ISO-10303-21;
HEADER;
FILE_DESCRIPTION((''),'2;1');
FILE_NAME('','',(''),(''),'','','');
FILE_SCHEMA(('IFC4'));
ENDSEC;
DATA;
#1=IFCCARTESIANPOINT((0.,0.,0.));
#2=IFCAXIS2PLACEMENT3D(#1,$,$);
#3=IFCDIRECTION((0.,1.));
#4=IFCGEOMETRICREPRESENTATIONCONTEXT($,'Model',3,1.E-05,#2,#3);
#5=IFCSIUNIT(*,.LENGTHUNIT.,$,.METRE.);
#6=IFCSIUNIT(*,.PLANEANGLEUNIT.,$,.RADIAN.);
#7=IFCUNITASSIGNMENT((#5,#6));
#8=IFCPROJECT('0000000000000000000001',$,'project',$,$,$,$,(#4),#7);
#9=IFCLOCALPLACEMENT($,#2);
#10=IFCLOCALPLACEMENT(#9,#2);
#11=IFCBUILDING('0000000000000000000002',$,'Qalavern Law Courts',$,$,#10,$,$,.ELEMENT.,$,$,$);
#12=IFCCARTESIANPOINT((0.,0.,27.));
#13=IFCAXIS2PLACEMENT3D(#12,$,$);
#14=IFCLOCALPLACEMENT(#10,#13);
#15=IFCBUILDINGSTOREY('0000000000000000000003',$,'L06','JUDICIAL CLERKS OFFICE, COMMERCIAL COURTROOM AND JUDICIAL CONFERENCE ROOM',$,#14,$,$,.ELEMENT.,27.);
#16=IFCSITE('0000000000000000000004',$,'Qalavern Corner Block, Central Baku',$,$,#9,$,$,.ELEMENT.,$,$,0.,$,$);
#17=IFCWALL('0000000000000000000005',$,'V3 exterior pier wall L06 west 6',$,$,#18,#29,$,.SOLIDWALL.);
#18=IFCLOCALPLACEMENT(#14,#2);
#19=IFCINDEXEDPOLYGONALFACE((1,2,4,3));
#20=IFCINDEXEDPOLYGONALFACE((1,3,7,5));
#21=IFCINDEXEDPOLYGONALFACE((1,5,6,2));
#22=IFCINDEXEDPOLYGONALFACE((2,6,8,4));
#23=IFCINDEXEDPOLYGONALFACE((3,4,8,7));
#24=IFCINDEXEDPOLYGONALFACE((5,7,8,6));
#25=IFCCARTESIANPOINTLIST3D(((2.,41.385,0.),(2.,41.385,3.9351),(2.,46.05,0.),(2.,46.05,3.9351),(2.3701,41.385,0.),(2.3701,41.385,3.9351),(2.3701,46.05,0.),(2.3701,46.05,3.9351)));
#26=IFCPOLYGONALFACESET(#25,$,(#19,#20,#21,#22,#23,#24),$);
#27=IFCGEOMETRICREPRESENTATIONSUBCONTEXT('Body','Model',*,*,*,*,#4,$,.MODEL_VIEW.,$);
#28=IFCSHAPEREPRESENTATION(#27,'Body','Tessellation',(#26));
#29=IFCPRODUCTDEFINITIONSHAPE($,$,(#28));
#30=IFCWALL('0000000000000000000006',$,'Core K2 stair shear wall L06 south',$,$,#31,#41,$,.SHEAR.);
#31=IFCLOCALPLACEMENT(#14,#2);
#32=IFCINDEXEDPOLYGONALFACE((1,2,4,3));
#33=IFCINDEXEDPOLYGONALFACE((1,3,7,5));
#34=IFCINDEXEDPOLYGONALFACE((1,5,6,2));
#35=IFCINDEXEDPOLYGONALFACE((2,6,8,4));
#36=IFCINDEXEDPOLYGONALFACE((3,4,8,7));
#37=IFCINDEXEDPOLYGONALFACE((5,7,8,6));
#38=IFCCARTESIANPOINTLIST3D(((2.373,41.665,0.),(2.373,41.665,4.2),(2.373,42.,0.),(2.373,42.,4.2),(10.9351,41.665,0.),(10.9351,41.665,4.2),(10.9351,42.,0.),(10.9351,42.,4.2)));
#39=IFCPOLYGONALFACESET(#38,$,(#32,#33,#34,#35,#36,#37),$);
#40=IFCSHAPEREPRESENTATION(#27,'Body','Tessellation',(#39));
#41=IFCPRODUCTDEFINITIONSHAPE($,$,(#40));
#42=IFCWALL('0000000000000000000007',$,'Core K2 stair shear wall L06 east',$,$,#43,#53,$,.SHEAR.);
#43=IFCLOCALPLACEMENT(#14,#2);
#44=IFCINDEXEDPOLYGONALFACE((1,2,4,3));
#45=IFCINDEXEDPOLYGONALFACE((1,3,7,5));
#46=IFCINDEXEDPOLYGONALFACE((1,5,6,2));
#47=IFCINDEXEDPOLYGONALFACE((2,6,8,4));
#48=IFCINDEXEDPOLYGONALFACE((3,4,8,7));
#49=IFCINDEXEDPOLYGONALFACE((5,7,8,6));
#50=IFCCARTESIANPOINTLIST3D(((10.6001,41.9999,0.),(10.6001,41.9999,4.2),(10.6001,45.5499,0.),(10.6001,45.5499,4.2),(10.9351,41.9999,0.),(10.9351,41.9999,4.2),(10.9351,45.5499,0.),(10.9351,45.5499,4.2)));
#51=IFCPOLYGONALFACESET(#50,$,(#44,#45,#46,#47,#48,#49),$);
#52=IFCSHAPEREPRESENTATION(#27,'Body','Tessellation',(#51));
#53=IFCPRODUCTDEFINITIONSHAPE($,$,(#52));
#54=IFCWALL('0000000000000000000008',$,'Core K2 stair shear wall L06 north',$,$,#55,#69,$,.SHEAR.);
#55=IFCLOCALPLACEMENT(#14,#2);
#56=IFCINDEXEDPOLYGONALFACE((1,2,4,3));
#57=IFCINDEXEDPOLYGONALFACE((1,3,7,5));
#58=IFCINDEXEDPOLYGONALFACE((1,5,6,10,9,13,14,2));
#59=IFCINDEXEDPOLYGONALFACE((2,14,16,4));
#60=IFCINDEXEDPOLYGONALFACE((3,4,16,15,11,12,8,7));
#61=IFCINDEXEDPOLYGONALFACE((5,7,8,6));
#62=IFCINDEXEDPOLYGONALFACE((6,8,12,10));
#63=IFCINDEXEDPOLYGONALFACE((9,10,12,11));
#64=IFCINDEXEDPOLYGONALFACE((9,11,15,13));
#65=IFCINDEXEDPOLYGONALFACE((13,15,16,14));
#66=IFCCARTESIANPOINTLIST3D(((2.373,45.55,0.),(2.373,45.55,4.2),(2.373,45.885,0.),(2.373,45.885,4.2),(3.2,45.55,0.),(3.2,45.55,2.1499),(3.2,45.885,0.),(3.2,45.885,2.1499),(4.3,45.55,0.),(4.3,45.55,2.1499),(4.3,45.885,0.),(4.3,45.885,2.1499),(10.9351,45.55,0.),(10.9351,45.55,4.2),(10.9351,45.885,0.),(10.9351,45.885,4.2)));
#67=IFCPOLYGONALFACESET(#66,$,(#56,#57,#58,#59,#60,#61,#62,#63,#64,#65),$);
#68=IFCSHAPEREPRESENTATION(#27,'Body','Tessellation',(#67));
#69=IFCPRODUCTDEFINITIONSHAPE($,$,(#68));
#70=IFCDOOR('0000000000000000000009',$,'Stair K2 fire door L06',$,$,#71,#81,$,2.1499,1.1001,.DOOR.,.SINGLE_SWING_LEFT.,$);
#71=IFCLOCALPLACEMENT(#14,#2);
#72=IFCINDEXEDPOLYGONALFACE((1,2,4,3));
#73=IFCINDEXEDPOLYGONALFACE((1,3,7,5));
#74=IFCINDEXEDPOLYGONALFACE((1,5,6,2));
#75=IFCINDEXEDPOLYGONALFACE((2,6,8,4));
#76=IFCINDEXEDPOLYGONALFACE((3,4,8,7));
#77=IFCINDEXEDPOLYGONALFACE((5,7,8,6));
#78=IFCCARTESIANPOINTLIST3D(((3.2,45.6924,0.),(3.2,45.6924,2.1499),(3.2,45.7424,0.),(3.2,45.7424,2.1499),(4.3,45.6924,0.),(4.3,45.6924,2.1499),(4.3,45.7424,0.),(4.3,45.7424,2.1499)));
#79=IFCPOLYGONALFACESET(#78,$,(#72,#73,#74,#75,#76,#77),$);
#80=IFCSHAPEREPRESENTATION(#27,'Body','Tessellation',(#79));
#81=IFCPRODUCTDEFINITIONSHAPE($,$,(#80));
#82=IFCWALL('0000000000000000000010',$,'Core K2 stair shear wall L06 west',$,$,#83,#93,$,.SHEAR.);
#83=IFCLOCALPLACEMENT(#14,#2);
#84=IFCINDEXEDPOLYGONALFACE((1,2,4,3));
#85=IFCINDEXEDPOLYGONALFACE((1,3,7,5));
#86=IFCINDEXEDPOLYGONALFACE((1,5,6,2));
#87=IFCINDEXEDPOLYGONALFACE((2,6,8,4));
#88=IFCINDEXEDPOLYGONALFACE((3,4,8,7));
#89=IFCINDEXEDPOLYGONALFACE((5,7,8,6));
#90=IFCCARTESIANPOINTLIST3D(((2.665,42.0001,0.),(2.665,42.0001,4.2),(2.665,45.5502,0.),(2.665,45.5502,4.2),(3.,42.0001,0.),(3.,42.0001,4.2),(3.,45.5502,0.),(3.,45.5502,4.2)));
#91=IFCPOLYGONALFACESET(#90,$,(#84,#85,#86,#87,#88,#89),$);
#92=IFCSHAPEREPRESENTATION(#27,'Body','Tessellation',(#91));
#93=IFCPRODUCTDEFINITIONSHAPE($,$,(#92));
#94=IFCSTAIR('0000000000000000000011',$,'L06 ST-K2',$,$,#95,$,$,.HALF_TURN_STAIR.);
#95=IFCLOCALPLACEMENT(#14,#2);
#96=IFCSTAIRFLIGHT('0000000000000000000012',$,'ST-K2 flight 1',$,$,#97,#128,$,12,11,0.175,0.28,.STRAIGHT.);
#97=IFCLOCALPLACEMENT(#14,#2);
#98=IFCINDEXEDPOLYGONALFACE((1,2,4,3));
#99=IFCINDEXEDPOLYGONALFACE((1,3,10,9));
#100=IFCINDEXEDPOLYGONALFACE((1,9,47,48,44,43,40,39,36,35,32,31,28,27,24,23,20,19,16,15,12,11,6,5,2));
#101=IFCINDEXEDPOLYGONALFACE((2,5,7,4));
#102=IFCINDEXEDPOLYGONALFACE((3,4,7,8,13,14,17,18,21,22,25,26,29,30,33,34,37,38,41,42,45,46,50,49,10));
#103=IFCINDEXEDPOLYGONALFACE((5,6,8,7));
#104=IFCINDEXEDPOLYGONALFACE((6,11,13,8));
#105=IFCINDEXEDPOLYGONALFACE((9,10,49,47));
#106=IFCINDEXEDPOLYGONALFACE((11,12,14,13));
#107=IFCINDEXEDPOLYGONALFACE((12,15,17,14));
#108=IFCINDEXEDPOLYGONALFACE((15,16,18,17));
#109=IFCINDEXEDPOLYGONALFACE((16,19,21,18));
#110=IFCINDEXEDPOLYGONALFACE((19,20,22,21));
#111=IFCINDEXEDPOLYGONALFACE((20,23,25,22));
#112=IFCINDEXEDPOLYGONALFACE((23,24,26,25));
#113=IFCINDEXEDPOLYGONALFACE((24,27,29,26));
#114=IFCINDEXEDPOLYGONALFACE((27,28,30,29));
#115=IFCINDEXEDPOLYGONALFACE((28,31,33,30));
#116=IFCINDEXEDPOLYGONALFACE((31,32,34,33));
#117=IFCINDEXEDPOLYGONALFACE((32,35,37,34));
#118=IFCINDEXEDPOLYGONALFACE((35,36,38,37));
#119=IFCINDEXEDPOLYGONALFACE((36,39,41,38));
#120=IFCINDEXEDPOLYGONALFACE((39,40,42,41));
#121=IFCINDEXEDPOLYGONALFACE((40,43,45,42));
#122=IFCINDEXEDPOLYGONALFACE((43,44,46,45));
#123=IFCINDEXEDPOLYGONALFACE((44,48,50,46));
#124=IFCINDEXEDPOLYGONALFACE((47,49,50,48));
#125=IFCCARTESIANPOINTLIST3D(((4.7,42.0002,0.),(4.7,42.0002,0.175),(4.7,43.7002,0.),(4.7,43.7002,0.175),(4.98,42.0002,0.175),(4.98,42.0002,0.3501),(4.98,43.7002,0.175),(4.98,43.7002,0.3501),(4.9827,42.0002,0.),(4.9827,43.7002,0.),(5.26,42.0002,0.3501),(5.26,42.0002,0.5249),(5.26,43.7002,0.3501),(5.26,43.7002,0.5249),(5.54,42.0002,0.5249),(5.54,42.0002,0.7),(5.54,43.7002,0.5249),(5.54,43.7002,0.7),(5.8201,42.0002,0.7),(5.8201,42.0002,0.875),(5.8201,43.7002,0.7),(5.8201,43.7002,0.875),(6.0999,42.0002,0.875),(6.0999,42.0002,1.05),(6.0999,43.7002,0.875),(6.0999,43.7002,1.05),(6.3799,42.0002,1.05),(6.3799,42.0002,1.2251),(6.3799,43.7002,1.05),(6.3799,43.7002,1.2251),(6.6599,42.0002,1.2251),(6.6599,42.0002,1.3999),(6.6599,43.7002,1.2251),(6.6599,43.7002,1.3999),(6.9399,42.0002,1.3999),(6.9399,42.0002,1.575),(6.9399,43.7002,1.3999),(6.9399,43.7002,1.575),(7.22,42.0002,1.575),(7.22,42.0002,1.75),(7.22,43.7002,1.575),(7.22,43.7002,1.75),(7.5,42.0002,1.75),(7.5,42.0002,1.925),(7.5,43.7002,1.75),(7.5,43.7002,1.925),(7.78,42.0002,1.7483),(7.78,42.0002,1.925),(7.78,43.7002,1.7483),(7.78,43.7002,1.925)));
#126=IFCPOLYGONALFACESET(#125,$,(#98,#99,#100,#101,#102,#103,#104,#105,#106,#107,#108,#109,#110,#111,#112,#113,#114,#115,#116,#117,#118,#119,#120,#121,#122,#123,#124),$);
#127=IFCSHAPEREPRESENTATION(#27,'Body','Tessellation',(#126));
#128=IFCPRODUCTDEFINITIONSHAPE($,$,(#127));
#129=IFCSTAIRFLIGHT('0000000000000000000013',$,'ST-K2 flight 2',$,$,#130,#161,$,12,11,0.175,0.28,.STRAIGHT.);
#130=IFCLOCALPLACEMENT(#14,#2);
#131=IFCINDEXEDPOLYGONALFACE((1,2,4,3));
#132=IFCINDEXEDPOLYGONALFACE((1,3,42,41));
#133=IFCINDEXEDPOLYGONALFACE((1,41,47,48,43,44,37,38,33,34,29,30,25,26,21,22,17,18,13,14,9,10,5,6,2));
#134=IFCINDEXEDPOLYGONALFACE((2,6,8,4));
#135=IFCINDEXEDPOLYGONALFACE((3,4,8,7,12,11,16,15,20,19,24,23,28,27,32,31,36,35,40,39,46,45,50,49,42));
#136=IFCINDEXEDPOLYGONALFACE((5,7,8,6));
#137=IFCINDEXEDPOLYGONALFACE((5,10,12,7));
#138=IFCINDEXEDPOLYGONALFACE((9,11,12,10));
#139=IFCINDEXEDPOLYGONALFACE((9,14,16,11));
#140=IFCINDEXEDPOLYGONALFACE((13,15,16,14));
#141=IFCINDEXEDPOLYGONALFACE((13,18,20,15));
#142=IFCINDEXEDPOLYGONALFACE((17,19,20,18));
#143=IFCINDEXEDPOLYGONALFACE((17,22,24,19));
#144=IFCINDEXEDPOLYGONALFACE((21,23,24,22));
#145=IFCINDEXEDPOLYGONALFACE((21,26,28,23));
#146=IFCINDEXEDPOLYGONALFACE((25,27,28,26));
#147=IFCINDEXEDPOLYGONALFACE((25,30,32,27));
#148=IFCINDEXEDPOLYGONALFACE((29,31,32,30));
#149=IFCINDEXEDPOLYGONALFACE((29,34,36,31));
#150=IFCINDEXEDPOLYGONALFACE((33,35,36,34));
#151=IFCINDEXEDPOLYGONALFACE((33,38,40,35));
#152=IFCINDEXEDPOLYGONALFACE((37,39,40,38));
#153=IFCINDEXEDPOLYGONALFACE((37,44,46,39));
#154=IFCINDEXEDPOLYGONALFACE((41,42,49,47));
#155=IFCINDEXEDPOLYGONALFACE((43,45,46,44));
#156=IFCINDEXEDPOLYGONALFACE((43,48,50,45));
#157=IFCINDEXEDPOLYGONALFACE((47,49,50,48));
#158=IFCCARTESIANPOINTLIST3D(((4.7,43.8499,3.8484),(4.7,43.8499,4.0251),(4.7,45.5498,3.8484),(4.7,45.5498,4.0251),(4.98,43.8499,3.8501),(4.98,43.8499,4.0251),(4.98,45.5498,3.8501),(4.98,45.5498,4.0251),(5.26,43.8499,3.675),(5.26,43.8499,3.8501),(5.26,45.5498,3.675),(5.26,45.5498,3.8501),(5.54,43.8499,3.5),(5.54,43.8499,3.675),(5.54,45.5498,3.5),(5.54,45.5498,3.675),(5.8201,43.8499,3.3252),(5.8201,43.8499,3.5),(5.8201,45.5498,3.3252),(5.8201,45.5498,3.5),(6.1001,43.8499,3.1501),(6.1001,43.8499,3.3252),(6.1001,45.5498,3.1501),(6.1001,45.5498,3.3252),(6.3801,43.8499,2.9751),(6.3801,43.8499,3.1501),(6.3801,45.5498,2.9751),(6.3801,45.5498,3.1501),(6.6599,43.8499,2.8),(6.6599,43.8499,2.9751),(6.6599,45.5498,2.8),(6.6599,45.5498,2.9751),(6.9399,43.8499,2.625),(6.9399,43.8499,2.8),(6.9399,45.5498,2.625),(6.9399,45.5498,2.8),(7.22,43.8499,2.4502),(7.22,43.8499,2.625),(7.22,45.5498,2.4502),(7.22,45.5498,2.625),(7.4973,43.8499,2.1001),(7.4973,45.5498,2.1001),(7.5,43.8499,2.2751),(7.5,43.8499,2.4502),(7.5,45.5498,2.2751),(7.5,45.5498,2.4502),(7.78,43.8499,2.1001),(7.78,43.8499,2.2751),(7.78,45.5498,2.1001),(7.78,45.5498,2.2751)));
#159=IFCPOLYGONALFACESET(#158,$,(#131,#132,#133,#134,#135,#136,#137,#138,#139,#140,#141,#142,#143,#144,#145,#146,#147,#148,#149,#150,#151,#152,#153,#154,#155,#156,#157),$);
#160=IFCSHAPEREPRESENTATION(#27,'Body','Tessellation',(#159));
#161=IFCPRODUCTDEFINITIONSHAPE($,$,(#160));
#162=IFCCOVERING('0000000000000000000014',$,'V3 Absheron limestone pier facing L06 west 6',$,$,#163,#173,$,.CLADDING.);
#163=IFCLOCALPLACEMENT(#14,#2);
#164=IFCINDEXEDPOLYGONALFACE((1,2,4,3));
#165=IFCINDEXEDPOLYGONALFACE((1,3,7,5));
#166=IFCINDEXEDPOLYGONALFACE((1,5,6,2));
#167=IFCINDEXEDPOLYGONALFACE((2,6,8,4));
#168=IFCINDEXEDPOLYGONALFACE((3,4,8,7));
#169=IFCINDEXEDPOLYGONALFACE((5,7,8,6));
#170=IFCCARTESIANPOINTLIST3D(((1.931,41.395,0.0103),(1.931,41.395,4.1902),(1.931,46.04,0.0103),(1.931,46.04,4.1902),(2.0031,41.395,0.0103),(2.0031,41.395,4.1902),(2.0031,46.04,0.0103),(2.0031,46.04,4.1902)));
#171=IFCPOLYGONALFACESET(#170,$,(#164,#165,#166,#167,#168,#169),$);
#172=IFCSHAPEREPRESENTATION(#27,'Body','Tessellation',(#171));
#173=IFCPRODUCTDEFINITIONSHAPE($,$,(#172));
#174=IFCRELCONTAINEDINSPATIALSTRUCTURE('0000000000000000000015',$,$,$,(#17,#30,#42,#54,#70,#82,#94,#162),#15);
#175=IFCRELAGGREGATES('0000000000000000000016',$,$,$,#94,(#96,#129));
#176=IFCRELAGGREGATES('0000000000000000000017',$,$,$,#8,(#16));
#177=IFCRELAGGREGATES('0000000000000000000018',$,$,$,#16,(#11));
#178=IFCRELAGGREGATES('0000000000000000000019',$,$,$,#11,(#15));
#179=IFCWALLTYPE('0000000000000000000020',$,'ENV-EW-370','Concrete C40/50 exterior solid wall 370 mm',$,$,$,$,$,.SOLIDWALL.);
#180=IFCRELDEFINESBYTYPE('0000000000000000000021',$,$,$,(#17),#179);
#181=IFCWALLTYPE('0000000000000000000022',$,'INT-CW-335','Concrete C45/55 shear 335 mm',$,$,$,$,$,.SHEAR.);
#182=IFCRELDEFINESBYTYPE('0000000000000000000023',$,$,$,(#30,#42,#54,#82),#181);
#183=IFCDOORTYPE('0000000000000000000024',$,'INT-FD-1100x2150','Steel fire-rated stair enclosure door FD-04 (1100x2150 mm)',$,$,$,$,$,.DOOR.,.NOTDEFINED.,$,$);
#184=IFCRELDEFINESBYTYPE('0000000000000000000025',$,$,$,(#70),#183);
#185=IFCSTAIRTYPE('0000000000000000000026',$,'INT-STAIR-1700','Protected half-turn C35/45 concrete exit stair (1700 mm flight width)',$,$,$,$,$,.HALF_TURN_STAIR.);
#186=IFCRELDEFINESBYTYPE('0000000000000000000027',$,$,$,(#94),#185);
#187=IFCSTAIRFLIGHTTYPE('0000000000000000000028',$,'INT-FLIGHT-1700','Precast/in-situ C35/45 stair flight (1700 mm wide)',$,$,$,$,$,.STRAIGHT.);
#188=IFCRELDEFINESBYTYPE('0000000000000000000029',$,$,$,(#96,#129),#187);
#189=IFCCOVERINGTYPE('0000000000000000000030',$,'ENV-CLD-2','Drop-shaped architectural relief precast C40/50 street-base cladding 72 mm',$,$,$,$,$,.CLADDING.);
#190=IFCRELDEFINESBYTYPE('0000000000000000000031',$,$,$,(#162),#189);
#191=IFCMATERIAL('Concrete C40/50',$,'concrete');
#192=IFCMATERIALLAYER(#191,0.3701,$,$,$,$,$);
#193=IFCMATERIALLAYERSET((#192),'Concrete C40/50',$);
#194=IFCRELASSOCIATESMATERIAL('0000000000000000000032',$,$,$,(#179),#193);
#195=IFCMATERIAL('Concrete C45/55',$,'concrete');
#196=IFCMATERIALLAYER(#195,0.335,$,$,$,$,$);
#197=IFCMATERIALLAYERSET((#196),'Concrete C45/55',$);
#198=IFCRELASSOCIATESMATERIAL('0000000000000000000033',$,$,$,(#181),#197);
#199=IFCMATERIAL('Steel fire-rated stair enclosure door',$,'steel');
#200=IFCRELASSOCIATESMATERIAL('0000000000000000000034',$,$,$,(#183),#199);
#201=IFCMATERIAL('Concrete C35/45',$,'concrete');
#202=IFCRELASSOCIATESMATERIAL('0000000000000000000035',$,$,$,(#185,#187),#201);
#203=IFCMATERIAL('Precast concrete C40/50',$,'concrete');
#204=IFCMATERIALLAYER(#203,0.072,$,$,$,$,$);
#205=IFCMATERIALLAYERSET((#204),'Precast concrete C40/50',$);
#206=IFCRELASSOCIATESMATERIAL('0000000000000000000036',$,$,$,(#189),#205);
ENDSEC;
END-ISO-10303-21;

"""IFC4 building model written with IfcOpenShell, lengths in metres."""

from ifc_helpers import new_model, si_unit, direction, frame, frame_2d, origin, origin_2d, place, context, subcontext, project, spatial, polyline, rectangle, outline, extrude, material, layer, layer_set, type_object, element, fill, aggregate, save


model = new_model("IFC4")

# Units and contexts
model_context = context("Model", 3, precision=1e-05, world=origin(), true_north=direction((0.0, 1.0)))
body_context = subcontext(model_context, "Body", "Model", "MODEL_VIEW")
ifc_project = project(units=[si_unit("LENGTHUNIT", "METRE"), si_unit("PLANEANGLEUNIT", "RADIAN")], contexts=[model_context])

# Site, building, storey
site_placement = place(None, origin())
site = spatial("IfcSite", under=ifc_project, at=site_placement, Name="Qalavern Corner Block, Central Baku", CompositionType="ELEMENT", RefElevation=0.0)
building_placement = place(site_placement, origin())
building = spatial("IfcBuilding", under=site, at=building_placement, Name="Qalavern Law Courts", CompositionType="ELEMENT")
storey_placement = place(building_placement, frame((0.0, 0.0, 27.0)))
storey = spatial("IfcBuildingStorey", under=building, at=storey_placement, Name="L06", Description="JUDICIAL CLERKS OFFICE, COMMERCIAL COURTROOM AND JUDICIAL CONFERENCE ROOM", CompositionType="ELEMENT", Elevation=27.0)

# Shared definitions
ifc_material_1 = material(Name="Concrete C45/55", Category="concrete")

# Shared definitions
ifc_material_2 = material(Name="Concrete C35/45", Category="concrete")
ifc_material_3 = material(Name="Concrete C40/50", Category="concrete")

# Walls
ifc_layer_1 = layer(ifc_material_3, 0.3701)
ifc_layer_set_1 = layer_set([ifc_layer_1], Name="Concrete C40/50")
wall_type_1 = type_object("IfcWallType", Name="ENV-EW-370", Description="Concrete C40/50 exterior solid wall 370 mm", PredefinedType="SOLIDWALL", material=ifc_layer_set_1)
wall_1_placement = place(storey_placement, frame((2.1851, 46.05, 0.0), z_axis=(0.0, 0.0, 1.0), x_axis=(0.0, -1.0, 0.0)))
element("IfcWall", 1, at=wall_1_placement, inside=storey, type_object=wall_type_1, Name="V3 exterior pier wall L06 west 6", PredefinedType="SOLIDWALL", context=body_context, shape_type="SweptSolid", body=[
    extrude(rectangle(XDim=4.665, YDim=0.3701, at=frame_2d((2.3325, 0.0))), origin(), (0.0, 0.0, 1.0), 3.9351),
])
ifc_layer_2 = layer(ifc_material_1, 0.335)
ifc_layer_set_2 = layer_set([ifc_layer_2], Name="Concrete C45/55")
wall_type_2 = type_object("IfcWallType", Name="INT-CW-335", Description="Concrete C45/55 shear 335 mm", PredefinedType="SHEAR", material=ifc_layer_set_2)
wall_2_placement = place(storey_placement, frame((2.373, 41.8325, 0.0), z_axis=(0.0, 0.0, 1.0), x_axis=(1.0, 0.0, 0.0)))
element("IfcWall", 2, at=wall_2_placement, inside=storey, type_object=wall_type_2, Name="Core K2 stair shear wall L06 south", PredefinedType="SHEAR", context=body_context, shape_type="SweptSolid", body=[
    extrude(rectangle(XDim=8.562, YDim=0.335, at=frame_2d((4.281, 0.0))), origin(), (0.0, 0.0, 1.0), 4.2),
])
wall_3_placement = place(storey_placement, frame((10.7676, 42.0, 0.0), z_axis=(0.0, 0.0, 1.0), x_axis=(0.0, 1.0, 0.0)))
element("IfcWall", 3, at=wall_3_placement, inside=storey, type_object=wall_type_2, Name="Core K2 stair shear wall L06 east", PredefinedType="SHEAR", context=body_context, shape_type="SweptSolid", body=[
    extrude(rectangle(XDim=3.55, YDim=0.335, at=frame_2d((1.7749, 0.0))), origin(), (0.0, 0.0, 1.0), 4.2),
])

# Wall, opening, door
wall_4_placement = place(storey_placement, frame((10.9351, 45.7175, 0.0), z_axis=(0.0, 0.0, 1.0), x_axis=(-1.0, 0.0, 0.0)))
wall_4 = element("IfcWall", 4, at=wall_4_placement, inside=storey, type_object=wall_type_2, Name="Core K2 stair shear wall L06 north", PredefinedType="SHEAR", context=body_context, shape_type="SweptSolid", body=[
    extrude(rectangle(XDim=8.562, YDim=0.335, at=frame_2d((4.281, 0.0))), origin(), (0.0, 0.0, 1.0), 4.2),
])
opening_placement = place(wall_4_placement, frame((6.635, 0.0, 0.0)))
opening = element("IfcOpeningElement", 5, at=opening_placement, cuts=wall_4, PredefinedType="OPENING", context=body_context, shape_type="SweptSolid", body=[
    extrude(rectangle(XDim=1.1001, YDim=2.1499, at=frame_2d((0.55, 1.075))), frame((0.0, 0.1824, 0.0), z_axis=(0.0, -1.0, 0.0), x_axis=(1.0, 0.0, 0.0)), (0.0, 0.0, 1.0), 0.3647),
])
ifc_material_4 = material(Name="Steel fire-rated stair enclosure door", Category="steel")
door_type = type_object("IfcDoorType", Name="INT-FD-1100x2150", Description="Steel fire-rated stair enclosure door FD-04 (1100x2150 mm)", OperationType="NOTDEFINED", PredefinedType="DOOR", material=ifc_material_4)
door_placement = place(opening_placement, frame((1.1001, 0.0, 0.0), z_axis=(0.0, 0.0, 1.0), x_axis=(-1.0, 0.0, 0.0)))
door = element("IfcDoor", 6, at=door_placement, inside=storey, type_object=door_type, Name="Stair K2 fire door L06", OperationType="SINGLE_SWING_LEFT", OverallHeight=2.1499, OverallWidth=1.1001, PredefinedType="DOOR", context=body_context, shape_type="SweptSolid", body=[
    extrude(rectangle(XDim=1.1001, YDim=2.1499, at=frame_2d((0.55, 1.075))), frame((0.0, 0.0249, 0.0), z_axis=(0.0, -1.0, 0.0), x_axis=(1.0, 0.0, 0.0)), (0.0, 0.0, 1.0), 0.05),
])
fill(opening, door)

# Wall
wall_5_placement = place(storey_placement, frame((2.8325, 45.55, 0.0), z_axis=(0.0, 0.0, 1.0), x_axis=(0.0, -1.0, 0.0)))
element("IfcWall", 7, at=wall_5_placement, inside=storey, type_object=wall_type_2, Name="Core K2 stair shear wall L06 west", PredefinedType="SHEAR", context=body_context, shape_type="SweptSolid", body=[
    extrude(rectangle(XDim=3.55, YDim=0.335, at=frame_2d((1.7749, 0.0))), origin(), (0.0, 0.0, 1.0), 4.2),
])

# Stair, stair flights
stair_type = type_object("IfcStairType", Name="INT-STAIR-1700", Description="Protected half-turn C35/45 concrete exit stair (1700 mm flight width)", PredefinedType="HALF_TURN_STAIR", material=ifc_material_2)
stair_placement = place(storey_placement, origin())
stair = element("IfcStair", 8, at=stair_placement, inside=storey, type_object=stair_type, Name="L06 ST-K2", PredefinedType="HALF_TURN_STAIR")
stair_flight_type = type_object("IfcStairFlightType", Name="INT-FLIGHT-1700", Description="Precast/in-situ C35/45 stair flight (1700 mm wide)", PredefinedType="STRAIGHT", material=ifc_material_2)
stair_flight_1_placement = place(storey_placement, frame((4.7, 42.8501, 0.0), z_axis=(0.0, 0.0, 1.0), x_axis=(1.0, 0.0, 0.0)))
stair_flight_1 = element("IfcStairFlight", 9, at=stair_flight_1_placement, type_object=stair_flight_type, Name="ST-K2 flight 1", NumberOfRisers=12, NumberOfTreads=11, PredefinedType="STRAIGHT", RiserHeight=0.175, TreadLength=0.28, context=body_context, shape_type="SweptSolid", body=[
    extrude(outline(polyline([(0.0, 0.0), (0.0, 0.175), (0.28, 0.175), (0.28, 0.3501), (0.5601, 0.3501), (0.5601, 0.5249), (0.8401, 0.5249), (0.8401, 0.7), (1.1201, 0.7), (1.1201, 0.875), (1.3999, 0.875), (1.3999, 1.05), (1.6799, 1.05), (1.6799, 1.2251), (1.96, 1.2251), (1.96, 1.3999), (2.24, 1.3999), (2.24, 1.575), (2.52, 1.575), (2.52, 1.75), (2.8, 1.75), (2.8, 1.925), (3.0801, 1.925), (3.0801, 2.1001), (3.0801, 1.7483), (0.2827, 0.0), (0.0, 0.0)])), frame((0.0, 0.8501, 0.0), z_axis=(0.0, -1.0, 0.0), x_axis=(1.0, 0.0, 0.0)), (0.0, 0.0, 1.0), 1.7),
])
stair_flight_2_placement = place(storey_placement, frame((7.78, 44.7, 2.1001), z_axis=(0.0, 0.0, 1.0), x_axis=(-1.0, 0.0, 0.0)))
stair_flight_2 = element("IfcStairFlight", 10, at=stair_flight_2_placement, type_object=stair_flight_type, Name="ST-K2 flight 2", NumberOfRisers=12, NumberOfTreads=11, PredefinedType="STRAIGHT", RiserHeight=0.175, TreadLength=0.28, context=body_context, shape_type="SweptSolid", body=[
    extrude(outline(polyline([(0.0, 0.0), (0.0, 0.175), (0.28, 0.175), (0.28, 0.3501), (0.5601, 0.3501), (0.5601, 0.5249), (0.8401, 0.5249), (0.8401, 0.7), (1.1201, 0.7), (1.1201, 0.875), (1.3999, 0.875), (1.3999, 1.05), (1.6799, 1.05), (1.6799, 1.2251), (1.96, 1.2251), (1.96, 1.3999), (2.24, 1.3999), (2.24, 1.575), (2.52, 1.575), (2.52, 1.75), (2.8, 1.75), (2.8, 1.925), (3.0801, 1.925), (3.0801, 2.1001), (3.0801, 1.7483), (0.2827, 0.0), (0.0, 0.0)])), frame((0.0, 0.8501, 0.0), z_axis=(0.0, -1.0, 0.0), x_axis=(1.0, 0.0, 0.0)), (0.0, 0.0, 1.0), 1.7),
])
aggregate(stair, [stair_flight_1, stair_flight_2])

# Covering
ifc_material_5 = material(Name="Precast concrete C40/50", Category="concrete")
ifc_layer_3 = layer(ifc_material_5, 0.072)
ifc_layer_set_3 = layer_set([ifc_layer_3], Name="Precast concrete C40/50")
covering_type = type_object("IfcCoveringType", Name="ENV-CLD-2", Description="Drop-shaped architectural relief precast C40/50 street-base cladding 72 mm", PredefinedType="CLADDING", material=ifc_layer_set_3)
covering_placement = place(storey_placement, frame((1.967, 43.7175, 0.0103), z_axis=(0.0, 0.0, 1.0), x_axis=(0.0, -1.0, 0.0)))
element("IfcCovering", 11, at=covering_placement, inside=storey, type_object=covering_type, Name="V3 Absheron limestone pier facing L06 west 6", PredefinedType="CLADDING", context=body_context, shape_type="SweptSolid", body=[
    extrude(rectangle(XDim=4.645, YDim=0.072, at=origin_2d()), origin(), (0.0, 0.0, 1.0), 4.1799),
])

save(model, "model.ifc")
